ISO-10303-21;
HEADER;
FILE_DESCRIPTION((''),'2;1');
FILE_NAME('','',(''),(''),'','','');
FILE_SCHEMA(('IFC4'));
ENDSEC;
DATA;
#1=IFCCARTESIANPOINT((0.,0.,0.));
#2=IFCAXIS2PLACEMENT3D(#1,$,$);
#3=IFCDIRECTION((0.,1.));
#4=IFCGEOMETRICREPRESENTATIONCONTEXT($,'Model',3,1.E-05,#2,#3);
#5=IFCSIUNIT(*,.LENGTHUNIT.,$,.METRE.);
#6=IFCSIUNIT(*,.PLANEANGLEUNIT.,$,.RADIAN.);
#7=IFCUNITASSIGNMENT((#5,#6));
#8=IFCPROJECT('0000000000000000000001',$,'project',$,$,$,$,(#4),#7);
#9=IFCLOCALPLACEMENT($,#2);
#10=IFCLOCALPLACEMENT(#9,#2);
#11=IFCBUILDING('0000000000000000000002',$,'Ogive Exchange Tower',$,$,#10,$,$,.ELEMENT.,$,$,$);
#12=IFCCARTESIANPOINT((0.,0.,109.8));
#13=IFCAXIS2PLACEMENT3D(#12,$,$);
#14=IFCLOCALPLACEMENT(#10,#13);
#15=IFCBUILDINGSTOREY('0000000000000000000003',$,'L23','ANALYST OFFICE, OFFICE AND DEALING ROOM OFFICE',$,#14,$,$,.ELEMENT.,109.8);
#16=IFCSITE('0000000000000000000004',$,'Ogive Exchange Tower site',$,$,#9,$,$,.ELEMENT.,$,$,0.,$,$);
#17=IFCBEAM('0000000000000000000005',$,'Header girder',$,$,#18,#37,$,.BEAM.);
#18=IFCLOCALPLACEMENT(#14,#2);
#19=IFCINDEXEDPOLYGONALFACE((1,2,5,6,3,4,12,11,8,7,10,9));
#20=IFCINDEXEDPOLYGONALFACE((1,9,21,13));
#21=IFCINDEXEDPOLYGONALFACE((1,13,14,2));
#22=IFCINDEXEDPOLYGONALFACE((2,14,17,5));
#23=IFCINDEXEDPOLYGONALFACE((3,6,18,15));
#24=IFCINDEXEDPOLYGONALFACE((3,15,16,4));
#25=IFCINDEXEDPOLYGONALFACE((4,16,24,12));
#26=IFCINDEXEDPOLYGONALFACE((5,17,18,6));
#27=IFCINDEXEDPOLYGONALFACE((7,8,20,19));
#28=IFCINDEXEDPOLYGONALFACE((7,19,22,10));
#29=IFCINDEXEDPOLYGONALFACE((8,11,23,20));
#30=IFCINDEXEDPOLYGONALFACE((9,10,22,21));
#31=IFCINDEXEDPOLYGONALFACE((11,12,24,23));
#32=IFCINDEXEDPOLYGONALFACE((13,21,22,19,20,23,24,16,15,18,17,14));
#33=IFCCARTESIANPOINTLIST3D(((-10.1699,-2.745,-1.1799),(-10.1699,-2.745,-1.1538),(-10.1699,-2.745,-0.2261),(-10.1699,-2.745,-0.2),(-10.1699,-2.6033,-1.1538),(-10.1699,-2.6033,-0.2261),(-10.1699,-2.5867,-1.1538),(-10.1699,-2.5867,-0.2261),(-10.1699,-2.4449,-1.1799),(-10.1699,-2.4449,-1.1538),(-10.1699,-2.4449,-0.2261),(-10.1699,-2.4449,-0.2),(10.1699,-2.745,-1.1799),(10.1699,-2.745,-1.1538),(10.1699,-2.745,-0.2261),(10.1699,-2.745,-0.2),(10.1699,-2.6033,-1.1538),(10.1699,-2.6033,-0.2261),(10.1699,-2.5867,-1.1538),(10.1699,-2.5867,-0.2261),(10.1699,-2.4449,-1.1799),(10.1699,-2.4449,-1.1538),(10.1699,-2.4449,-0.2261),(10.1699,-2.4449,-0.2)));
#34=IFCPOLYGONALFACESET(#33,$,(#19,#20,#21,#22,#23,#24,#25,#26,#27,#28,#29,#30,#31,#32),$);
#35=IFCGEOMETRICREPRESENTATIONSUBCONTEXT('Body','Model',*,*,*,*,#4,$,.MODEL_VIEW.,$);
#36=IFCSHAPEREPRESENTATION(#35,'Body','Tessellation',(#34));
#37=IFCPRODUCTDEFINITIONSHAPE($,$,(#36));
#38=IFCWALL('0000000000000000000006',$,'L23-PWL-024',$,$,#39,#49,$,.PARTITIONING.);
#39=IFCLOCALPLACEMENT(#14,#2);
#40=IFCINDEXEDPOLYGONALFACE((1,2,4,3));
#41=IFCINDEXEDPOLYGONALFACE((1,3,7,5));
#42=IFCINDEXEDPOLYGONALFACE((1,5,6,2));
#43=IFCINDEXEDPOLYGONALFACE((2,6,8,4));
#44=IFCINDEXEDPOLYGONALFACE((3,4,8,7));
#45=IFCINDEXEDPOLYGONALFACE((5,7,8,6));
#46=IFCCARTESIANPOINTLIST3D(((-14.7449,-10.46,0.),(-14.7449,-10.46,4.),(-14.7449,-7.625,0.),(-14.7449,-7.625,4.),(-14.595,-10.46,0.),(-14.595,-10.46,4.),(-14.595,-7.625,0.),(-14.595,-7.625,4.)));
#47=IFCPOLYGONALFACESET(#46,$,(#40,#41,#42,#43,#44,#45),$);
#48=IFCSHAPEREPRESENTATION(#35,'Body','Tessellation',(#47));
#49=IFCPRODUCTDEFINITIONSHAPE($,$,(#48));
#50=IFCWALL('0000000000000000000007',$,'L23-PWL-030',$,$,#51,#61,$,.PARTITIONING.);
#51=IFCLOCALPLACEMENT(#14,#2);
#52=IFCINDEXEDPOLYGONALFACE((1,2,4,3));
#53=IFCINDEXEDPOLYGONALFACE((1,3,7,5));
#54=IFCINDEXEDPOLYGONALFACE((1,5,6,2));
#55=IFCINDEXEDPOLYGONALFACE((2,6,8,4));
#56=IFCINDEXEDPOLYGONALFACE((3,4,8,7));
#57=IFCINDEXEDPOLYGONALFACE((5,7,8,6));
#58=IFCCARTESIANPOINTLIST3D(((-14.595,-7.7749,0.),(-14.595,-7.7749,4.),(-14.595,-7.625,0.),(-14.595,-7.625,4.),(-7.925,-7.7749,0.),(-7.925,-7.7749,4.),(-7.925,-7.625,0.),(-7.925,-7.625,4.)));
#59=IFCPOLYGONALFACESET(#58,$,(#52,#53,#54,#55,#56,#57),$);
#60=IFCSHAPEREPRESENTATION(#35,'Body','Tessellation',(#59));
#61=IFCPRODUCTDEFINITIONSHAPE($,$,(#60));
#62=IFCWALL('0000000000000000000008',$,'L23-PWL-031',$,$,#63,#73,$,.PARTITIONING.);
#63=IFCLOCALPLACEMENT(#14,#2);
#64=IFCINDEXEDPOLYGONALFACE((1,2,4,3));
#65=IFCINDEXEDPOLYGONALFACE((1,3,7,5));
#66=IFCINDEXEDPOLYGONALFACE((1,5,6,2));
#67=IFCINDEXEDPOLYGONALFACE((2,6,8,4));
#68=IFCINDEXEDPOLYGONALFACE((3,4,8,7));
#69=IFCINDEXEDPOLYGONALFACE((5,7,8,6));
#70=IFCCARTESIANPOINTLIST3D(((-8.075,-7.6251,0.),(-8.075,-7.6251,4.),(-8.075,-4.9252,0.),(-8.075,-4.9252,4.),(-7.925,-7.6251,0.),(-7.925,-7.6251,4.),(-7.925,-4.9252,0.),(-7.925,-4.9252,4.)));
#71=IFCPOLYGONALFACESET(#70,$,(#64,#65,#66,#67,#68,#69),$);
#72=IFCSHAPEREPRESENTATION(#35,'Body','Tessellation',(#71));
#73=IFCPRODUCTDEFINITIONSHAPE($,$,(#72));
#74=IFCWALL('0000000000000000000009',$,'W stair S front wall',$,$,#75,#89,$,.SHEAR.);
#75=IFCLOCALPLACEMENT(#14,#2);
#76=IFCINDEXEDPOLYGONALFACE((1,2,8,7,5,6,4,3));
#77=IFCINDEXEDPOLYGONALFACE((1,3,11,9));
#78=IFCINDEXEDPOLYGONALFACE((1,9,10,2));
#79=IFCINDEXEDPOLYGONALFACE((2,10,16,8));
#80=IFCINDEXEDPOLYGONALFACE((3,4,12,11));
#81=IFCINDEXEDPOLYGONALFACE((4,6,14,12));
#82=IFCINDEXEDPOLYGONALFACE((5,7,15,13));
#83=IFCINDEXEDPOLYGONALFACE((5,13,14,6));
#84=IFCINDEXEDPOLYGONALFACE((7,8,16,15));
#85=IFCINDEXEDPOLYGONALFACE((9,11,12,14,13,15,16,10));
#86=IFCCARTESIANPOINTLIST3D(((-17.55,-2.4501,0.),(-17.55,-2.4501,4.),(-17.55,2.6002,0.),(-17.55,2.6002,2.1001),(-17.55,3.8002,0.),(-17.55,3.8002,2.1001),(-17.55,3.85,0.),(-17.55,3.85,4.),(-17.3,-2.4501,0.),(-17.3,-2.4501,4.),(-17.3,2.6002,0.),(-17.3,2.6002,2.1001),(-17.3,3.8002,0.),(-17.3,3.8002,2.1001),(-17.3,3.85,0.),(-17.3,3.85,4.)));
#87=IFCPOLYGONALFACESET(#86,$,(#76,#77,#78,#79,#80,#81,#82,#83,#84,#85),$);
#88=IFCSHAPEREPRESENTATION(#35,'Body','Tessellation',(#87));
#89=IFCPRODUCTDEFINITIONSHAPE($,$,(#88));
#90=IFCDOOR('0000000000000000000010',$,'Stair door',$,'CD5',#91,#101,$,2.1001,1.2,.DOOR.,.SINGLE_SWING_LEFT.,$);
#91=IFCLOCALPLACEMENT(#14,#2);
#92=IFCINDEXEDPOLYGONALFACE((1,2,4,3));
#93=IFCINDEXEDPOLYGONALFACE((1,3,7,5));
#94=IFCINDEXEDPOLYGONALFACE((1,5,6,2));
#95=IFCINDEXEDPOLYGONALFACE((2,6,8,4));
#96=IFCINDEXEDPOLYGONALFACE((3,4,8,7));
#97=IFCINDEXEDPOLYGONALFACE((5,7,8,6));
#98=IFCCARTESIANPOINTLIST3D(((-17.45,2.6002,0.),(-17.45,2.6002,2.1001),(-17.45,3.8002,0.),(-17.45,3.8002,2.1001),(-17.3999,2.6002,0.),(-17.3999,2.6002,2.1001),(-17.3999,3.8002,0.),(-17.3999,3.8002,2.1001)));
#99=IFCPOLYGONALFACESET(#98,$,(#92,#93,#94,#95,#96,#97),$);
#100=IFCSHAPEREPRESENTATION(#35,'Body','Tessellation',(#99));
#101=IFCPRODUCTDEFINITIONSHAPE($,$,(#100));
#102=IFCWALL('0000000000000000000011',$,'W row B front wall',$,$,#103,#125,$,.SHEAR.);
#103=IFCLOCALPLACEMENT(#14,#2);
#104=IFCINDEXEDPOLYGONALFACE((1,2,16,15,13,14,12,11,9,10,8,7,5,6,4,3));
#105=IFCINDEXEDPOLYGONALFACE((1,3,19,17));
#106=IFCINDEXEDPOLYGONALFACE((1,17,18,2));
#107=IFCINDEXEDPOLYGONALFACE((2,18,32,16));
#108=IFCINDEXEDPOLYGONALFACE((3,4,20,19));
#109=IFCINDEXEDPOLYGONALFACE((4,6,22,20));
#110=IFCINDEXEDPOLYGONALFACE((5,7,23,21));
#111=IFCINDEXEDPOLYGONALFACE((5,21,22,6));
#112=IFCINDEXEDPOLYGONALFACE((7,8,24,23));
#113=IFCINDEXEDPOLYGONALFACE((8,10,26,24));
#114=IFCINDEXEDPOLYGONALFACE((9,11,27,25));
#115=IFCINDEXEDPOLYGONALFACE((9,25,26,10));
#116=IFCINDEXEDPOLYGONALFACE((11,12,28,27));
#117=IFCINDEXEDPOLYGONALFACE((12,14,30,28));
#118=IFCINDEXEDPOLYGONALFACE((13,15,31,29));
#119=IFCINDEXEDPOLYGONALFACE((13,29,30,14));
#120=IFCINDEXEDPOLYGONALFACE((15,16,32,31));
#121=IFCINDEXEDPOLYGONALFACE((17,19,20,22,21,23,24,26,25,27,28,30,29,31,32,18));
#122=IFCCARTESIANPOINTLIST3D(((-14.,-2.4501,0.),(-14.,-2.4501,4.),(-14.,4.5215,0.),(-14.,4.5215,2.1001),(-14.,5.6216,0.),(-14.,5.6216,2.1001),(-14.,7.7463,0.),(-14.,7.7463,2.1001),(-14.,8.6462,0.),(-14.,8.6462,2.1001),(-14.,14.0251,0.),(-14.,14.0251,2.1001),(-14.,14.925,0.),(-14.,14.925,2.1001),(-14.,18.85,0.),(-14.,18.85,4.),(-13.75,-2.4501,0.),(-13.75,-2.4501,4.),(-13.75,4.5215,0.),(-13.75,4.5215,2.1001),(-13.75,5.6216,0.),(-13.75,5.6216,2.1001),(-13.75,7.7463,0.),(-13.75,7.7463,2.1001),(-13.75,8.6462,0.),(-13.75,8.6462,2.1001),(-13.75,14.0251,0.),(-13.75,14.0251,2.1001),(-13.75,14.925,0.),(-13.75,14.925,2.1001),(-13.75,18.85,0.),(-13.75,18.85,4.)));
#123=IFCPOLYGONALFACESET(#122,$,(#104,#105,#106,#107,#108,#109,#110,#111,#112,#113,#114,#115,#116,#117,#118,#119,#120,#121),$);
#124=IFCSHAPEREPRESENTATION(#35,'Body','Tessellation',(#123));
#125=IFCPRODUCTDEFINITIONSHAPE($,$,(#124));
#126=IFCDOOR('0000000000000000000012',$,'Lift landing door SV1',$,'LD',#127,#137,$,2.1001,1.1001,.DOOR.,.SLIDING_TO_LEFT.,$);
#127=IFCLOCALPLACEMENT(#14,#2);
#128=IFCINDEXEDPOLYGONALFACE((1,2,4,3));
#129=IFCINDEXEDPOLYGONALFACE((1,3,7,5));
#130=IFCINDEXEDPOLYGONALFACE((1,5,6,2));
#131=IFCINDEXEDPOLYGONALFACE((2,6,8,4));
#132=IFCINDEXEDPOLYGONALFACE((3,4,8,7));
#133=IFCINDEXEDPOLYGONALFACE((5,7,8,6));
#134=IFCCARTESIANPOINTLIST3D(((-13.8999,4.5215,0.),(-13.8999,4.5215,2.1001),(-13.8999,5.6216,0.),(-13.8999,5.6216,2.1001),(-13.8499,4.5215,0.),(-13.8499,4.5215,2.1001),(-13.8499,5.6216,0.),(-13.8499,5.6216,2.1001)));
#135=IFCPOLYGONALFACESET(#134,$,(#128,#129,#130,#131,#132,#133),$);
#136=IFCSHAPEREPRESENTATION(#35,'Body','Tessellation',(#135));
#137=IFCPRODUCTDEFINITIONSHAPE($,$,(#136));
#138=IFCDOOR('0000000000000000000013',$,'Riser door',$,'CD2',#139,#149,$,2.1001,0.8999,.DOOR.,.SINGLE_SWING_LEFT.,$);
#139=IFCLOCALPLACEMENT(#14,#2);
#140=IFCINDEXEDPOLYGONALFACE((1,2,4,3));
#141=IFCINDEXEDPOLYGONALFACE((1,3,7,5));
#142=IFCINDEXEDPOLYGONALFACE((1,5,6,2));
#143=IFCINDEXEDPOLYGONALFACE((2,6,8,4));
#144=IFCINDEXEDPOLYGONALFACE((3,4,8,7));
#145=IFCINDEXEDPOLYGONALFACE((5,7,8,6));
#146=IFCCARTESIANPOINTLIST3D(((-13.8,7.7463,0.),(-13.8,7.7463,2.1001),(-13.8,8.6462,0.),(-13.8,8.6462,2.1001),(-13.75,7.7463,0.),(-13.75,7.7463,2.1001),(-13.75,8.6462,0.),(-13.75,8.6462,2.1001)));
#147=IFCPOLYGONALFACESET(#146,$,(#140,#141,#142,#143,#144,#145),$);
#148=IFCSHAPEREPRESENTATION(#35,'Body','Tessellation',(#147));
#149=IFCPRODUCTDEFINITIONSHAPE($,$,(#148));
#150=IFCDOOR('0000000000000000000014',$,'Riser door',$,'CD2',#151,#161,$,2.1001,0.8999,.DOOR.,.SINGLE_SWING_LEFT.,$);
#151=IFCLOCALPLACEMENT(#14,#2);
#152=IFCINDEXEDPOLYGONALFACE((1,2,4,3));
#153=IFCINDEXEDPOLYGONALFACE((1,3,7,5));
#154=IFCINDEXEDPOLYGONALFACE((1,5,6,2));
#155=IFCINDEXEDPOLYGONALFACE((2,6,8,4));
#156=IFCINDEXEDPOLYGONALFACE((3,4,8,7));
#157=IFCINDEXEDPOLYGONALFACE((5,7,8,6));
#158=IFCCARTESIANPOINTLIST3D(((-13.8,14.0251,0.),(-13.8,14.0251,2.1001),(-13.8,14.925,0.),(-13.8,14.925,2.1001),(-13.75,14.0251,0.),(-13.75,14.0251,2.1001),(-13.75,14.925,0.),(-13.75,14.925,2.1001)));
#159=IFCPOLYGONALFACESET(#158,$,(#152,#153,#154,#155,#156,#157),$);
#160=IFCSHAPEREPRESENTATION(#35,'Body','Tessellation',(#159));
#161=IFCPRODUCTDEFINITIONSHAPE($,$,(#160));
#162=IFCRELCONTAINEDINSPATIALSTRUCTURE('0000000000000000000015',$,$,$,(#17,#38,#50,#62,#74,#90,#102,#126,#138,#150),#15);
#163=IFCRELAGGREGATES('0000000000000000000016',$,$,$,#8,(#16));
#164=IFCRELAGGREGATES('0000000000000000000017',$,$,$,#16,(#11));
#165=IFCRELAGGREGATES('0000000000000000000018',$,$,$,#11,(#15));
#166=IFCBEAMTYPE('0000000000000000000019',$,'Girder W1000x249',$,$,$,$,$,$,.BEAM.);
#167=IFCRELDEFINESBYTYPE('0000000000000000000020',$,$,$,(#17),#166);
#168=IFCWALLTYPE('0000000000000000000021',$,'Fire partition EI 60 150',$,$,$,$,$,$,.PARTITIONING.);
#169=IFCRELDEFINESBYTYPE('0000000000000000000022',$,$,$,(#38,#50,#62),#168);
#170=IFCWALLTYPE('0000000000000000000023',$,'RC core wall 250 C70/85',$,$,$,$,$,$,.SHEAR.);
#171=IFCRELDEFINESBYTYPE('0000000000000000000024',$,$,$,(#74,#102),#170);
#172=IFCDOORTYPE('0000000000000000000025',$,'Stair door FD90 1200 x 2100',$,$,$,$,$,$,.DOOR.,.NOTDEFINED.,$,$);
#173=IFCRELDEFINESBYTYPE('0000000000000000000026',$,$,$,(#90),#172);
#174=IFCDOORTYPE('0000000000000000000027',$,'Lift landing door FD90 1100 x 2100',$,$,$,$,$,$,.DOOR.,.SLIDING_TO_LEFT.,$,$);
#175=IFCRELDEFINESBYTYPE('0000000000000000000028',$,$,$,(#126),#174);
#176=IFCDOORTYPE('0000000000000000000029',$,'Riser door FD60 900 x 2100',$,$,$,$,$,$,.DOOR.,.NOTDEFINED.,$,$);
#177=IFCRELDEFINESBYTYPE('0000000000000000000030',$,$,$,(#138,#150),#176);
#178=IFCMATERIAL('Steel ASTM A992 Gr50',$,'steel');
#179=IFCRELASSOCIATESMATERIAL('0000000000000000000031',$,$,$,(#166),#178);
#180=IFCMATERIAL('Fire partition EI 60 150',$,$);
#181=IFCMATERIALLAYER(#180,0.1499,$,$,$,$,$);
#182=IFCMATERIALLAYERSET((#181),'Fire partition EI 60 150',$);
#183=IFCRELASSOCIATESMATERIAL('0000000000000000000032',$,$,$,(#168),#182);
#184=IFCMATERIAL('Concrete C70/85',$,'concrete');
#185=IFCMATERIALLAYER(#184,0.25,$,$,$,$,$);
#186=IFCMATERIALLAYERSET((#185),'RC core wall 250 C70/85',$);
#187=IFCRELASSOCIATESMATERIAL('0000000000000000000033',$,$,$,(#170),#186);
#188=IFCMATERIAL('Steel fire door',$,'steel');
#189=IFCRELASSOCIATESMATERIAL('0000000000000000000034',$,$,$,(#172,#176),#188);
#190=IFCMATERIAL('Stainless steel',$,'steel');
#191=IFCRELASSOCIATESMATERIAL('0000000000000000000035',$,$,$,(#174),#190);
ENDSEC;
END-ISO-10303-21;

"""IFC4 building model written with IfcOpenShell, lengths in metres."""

from ifc_helpers import new_model, si_unit, direction, frame, frame_2d, origin, origin_2d, place, context, subcontext, project, spatial, rectangle, i_section, extrude, material, layer, layer_set, material_profile, profile_set, type_object, element, fill, save


model = new_model("IFC4")

# Units and contexts
model_context = context("Model", 3, precision=1e-05, world=origin(), true_north=direction((0.0, 1.0)))
body_context = subcontext(model_context, "Body", "Model", "MODEL_VIEW")
ifc_project = project(units=[si_unit("LENGTHUNIT", "METRE"), si_unit("PLANEANGLEUNIT", "RADIAN")], contexts=[model_context])

# Site, building, storey
site_placement = place(None, origin())
site = spatial("IfcSite", under=ifc_project, at=site_placement, Name="Ogive Exchange Tower site", CompositionType="ELEMENT", RefElevation=0.0)
building_placement = place(site_placement, origin())
building = spatial("IfcBuilding", under=site, at=building_placement, Name="Ogive Exchange Tower", CompositionType="ELEMENT")
storey_placement = place(building_placement, frame((0.0, 0.0, 109.8)))
storey = spatial("IfcBuildingStorey", under=building, at=storey_placement, Name="L23", Description="ANALYST OFFICE, OFFICE AND DEALING ROOM OFFICE", CompositionType="ELEMENT", Elevation=109.8)

# Beam
ifc_material_1 = material(Name="Steel ASTM A992 Gr50", Category="steel")
ifc_material_profile = material_profile(ifc_material_1, i_section(OverallWidth=0.3, OverallDepth=0.98, WebThickness=0.0166, FlangeThickness=0.0261, at=origin_2d()), Name="W1000x249")
ifc_profile_set = profile_set([ifc_material_profile], Name="Steel ASTM A992 Gr50")
beam_type = type_object("IfcBeamType", Name="Girder W1000x249", PredefinedType="BEAM", material=ifc_profile_set)
beam_placement = place(storey_placement, frame((-10.1699, -2.595, -0.6899), z_axis=(1.0, 0.0, 0.0), x_axis=(0.0, 1.0, 0.0)))
element("IfcBeam", 1, at=beam_placement, inside=storey, type_object=beam_type, Name="Header girder", PredefinedType="BEAM", context=body_context, shape_type="SweptSolid", body=[
    extrude(i_section(OverallWidth=0.3, OverallDepth=0.98, WebThickness=0.0166, FlangeThickness=0.0261, at=origin_2d()), origin(), (0.0, 0.0, 1.0), 20.3398),
])

# Walls
ifc_material_2 = material(Name="Fire partition EI 60 150")
ifc_layer_1 = layer(ifc_material_2, 0.1499)
ifc_layer_set_1 = layer_set([ifc_layer_1], Name="Fire partition EI 60 150")
wall_type_1 = type_object("IfcWallType", Name="Fire partition EI 60 150", PredefinedType="PARTITIONING", material=ifc_layer_set_1)
wall_1_placement = place(storey_placement, frame((-14.6699, -7.625, 0.0), z_axis=(0.0, 0.0, 1.0), x_axis=(0.0, -1.0, 0.0)))
element("IfcWall", 2, at=wall_1_placement, inside=storey, type_object=wall_type_1, Name="L23-PWL-024", PredefinedType="PARTITIONING", context=body_context, shape_type="SweptSolid", body=[
    extrude(rectangle(XDim=2.835, YDim=0.1499, at=frame_2d((1.4175, 0.0))), origin(), (0.0, 0.0, 1.0), 4.0),
])
wall_2_placement = place(storey_placement, frame((-7.925, -7.7, 0.0), z_axis=(0.0, 0.0, 1.0), x_axis=(-1.0, 0.0, 0.0)))
element("IfcWall", 3, at=wall_2_placement, inside=storey, type_object=wall_type_1, Name="L23-PWL-030", PredefinedType="PARTITIONING", context=body_context, shape_type="SweptSolid", body=[
    extrude(rectangle(XDim=6.6699, YDim=0.1499, at=frame_2d((3.335, 0.0))), origin(), (0.0, 0.0, 1.0), 4.0),
])
wall_3_placement = place(storey_placement, frame((-8.0, -4.925, 0.0), z_axis=(0.0, 0.0, 1.0), x_axis=(0.0, -1.0, 0.0)))
element("IfcWall", 4, at=wall_3_placement, inside=storey, type_object=wall_type_1, Name="L23-PWL-031", PredefinedType="PARTITIONING", context=body_context, shape_type="SweptSolid", body=[
    extrude(rectangle(XDim=2.7, YDim=0.1499, at=frame_2d((1.3501, 0.0))), origin(), (0.0, 0.0, 1.0), 4.0),
])

# Wall, opening, door
ifc_material_3 = material(Name="Concrete C70/85", Category="concrete")
ifc_layer_2 = layer(ifc_material_3, 0.25)
ifc_layer_set_2 = layer_set([ifc_layer_2], Name="RC core wall 250 C70/85")
wall_type_2 = type_object("IfcWallType", Name="RC core wall 250 C70/85", PredefinedType="SHEAR", material=ifc_layer_set_2)
wall_4_placement = place(storey_placement, frame((-17.425, -2.45, 0.0), z_axis=(0.0, 0.0, 1.0), x_axis=(0.0, 1.0, 0.0)))
wall_4 = element("IfcWall", 5, at=wall_4_placement, inside=storey, type_object=wall_type_2, Name="W stair S front wall", PredefinedType="SHEAR", context=body_context, shape_type="SweptSolid", body=[
    extrude(rectangle(XDim=6.3, YDim=0.25, at=frame_2d((3.1499, 0.0))), origin(), (0.0, 0.0, 1.0), 4.0),
])
opening_1_placement = place(wall_4_placement, frame((5.05, 0.0, 0.0)))
opening_1 = element("IfcOpeningElement", 6, at=opening_1_placement, cuts=wall_4, PredefinedType="OPENING", context=body_context, shape_type="SweptSolid", body=[
    extrude(rectangle(XDim=1.2, YDim=2.1001, at=frame_2d((0.6001, 1.05))), frame((0.0, 0.135, 0.0), z_axis=(0.0, -1.0, 0.0), x_axis=(1.0, 0.0, 0.0)), (0.0, 0.0, 1.0), 0.27),
])
ifc_material_4 = material(Name="Steel fire door", Category="steel")
door_type_1 = type_object("IfcDoorType", Name="Stair door FD90 1200 x 2100", OperationType="NOTDEFINED", PredefinedType="DOOR", material=ifc_material_4)
door_1_placement = place(opening_1_placement, origin())
door_1 = element("IfcDoor", 7, at=door_1_placement, inside=storey, type_object=door_type_1, Name="Stair door", ObjectType="CD5", OperationType="SINGLE_SWING_LEFT", OverallHeight=2.1001, OverallWidth=1.2, PredefinedType="DOOR", context=body_context, shape_type="SweptSolid", body=[
    extrude(rectangle(XDim=1.2, YDim=2.1001, at=frame_2d((0.6001, 1.05))), frame((0.0, 0.0249, 0.0), z_axis=(0.0, -1.0, 0.0), x_axis=(1.0, 0.0, 0.0)), (0.0, 0.0, 1.0), 0.05),
])
fill(opening_1, door_1)

# Wall, openings, doors
wall_5_placement = place(storey_placement, frame((-13.875, -2.45, 0.0), z_axis=(0.0, 0.0, 1.0), x_axis=(0.0, 1.0, 0.0)))
wall_5 = element("IfcWall", 8, at=wall_5_placement, inside=storey, type_object=wall_type_2, Name="W row B front wall", PredefinedType="SHEAR", context=body_context, shape_type="SweptSolid", body=[
    extrude(rectangle(XDim=21.3, YDim=0.25, at=frame_2d((10.6499, 0.0))), origin(), (0.0, 0.0, 1.0), 4.0),
])
opening_2_placement = place(wall_5_placement, frame((10.1963, 0.0, 0.0)))
opening_2 = element("IfcOpeningElement", 9, at=opening_2_placement, cuts=wall_5, PredefinedType="OPENING", context=body_context, shape_type="SweptSolid", body=[
    extrude(rectangle(XDim=0.8999, YDim=2.1001, at=frame_2d((0.45, 1.05))), frame((0.0, 0.135, 0.0), z_axis=(0.0, -1.0, 0.0), x_axis=(1.0, 0.0, 0.0)), (0.0, 0.0, 1.0), 0.27),
])
opening_3_placement = place(wall_5_placement, frame((16.4751, 0.0, 0.0)))
opening_3 = element("IfcOpeningElement", 10, at=opening_3_placement, cuts=wall_5, PredefinedType="OPENING", context=body_context, shape_type="SweptSolid", body=[
    extrude(rectangle(XDim=0.8999, YDim=2.1001, at=frame_2d((0.45, 1.05))), frame((0.0, 0.135, 0.0), z_axis=(0.0, -1.0, 0.0), x_axis=(1.0, 0.0, 0.0)), (0.0, 0.0, 1.0), 0.27),
])
opening_4_placement = place(wall_5_placement, frame((6.9714, 0.0, 0.0)))
opening_4 = element("IfcOpeningElement", 11, at=opening_4_placement, cuts=wall_5, PredefinedType="OPENING", context=body_context, shape_type="SweptSolid", body=[
    extrude(rectangle(XDim=1.1001, YDim=2.1001, at=frame_2d((0.55, 1.05))), frame((0.0, 0.135, 0.0), z_axis=(0.0, -1.0, 0.0), x_axis=(1.0, 0.0, 0.0)), (0.0, 0.0, 1.0), 0.27),
])
ifc_material_5 = material(Name="Stainless steel", Category="steel")
door_type_2 = type_object("IfcDoorType", Name="Lift landing door FD90 1100 x 2100", OperationType="SLIDING_TO_LEFT", PredefinedType="DOOR", material=ifc_material_5)
door_2_placement = place(opening_4_placement, origin())
door_2 = element("IfcDoor", 12, at=door_2_placement, inside=storey, type_object=door_type_2, Name="Lift landing door SV1", ObjectType="LD", OperationType="SLIDING_TO_LEFT", OverallHeight=2.1001, OverallWidth=1.1001, PredefinedType="DOOR", context=body_context, shape_type="SweptSolid", body=[
    extrude(rectangle(XDim=1.1001, YDim=2.1001, at=frame_2d((0.55, 1.05))), frame((0.0, 0.0249, 0.0), z_axis=(0.0, -1.0, 0.0), x_axis=(1.0, 0.0, 0.0)), (0.0, 0.0, 1.0), 0.05),
])
fill(opening_4, door_2)
door_type_3 = type_object("IfcDoorType", Name="Riser door FD60 900 x 2100", OperationType="NOTDEFINED", PredefinedType="DOOR", material=ifc_material_4)
door_3_placement = place(opening_2_placement, frame((0.8999, -0.2002, 0.0), z_axis=(0.0, 0.0, 1.0), x_axis=(-1.0, 0.0, 0.0)))
door_3 = element("IfcDoor", 13, at=door_3_placement, inside=storey, type_object=door_type_3, Name="Riser door", ObjectType="CD2", OperationType="SINGLE_SWING_LEFT", OverallHeight=2.1001, OverallWidth=0.8999, PredefinedType="DOOR", context=body_context, shape_type="SweptSolid", body=[
    extrude(rectangle(XDim=0.8999, YDim=2.1001, at=frame_2d((0.45, 1.05))), frame((0.0, -0.0752, 0.0), z_axis=(0.0, -1.0, 0.0), x_axis=(1.0, 0.0, 0.0)), (0.0, 0.0, 1.0), 0.05),
])
fill(opening_2, door_3)
door_4_placement = place(opening_3_placement, frame((0.8999, -0.2002, 0.0), z_axis=(0.0, 0.0, 1.0), x_axis=(-1.0, 0.0, 0.0)))
door_4 = element("IfcDoor", 14, at=door_4_placement, inside=storey, type_object=door_type_3, Name="Riser door", ObjectType="CD2", OperationType="SINGLE_SWING_LEFT", OverallHeight=2.1001, OverallWidth=0.8999, PredefinedType="DOOR", context=body_context, shape_type="SweptSolid", body=[
    extrude(rectangle(XDim=0.8999, YDim=2.1001, at=frame_2d((0.45, 1.05))), frame((0.0, -0.0752, 0.0), z_axis=(0.0, -1.0, 0.0), x_axis=(1.0, 0.0, 0.0)), (0.0, 0.0, 1.0), 0.05),
])
fill(opening_3, door_4)

save(model, "model.ifc")
